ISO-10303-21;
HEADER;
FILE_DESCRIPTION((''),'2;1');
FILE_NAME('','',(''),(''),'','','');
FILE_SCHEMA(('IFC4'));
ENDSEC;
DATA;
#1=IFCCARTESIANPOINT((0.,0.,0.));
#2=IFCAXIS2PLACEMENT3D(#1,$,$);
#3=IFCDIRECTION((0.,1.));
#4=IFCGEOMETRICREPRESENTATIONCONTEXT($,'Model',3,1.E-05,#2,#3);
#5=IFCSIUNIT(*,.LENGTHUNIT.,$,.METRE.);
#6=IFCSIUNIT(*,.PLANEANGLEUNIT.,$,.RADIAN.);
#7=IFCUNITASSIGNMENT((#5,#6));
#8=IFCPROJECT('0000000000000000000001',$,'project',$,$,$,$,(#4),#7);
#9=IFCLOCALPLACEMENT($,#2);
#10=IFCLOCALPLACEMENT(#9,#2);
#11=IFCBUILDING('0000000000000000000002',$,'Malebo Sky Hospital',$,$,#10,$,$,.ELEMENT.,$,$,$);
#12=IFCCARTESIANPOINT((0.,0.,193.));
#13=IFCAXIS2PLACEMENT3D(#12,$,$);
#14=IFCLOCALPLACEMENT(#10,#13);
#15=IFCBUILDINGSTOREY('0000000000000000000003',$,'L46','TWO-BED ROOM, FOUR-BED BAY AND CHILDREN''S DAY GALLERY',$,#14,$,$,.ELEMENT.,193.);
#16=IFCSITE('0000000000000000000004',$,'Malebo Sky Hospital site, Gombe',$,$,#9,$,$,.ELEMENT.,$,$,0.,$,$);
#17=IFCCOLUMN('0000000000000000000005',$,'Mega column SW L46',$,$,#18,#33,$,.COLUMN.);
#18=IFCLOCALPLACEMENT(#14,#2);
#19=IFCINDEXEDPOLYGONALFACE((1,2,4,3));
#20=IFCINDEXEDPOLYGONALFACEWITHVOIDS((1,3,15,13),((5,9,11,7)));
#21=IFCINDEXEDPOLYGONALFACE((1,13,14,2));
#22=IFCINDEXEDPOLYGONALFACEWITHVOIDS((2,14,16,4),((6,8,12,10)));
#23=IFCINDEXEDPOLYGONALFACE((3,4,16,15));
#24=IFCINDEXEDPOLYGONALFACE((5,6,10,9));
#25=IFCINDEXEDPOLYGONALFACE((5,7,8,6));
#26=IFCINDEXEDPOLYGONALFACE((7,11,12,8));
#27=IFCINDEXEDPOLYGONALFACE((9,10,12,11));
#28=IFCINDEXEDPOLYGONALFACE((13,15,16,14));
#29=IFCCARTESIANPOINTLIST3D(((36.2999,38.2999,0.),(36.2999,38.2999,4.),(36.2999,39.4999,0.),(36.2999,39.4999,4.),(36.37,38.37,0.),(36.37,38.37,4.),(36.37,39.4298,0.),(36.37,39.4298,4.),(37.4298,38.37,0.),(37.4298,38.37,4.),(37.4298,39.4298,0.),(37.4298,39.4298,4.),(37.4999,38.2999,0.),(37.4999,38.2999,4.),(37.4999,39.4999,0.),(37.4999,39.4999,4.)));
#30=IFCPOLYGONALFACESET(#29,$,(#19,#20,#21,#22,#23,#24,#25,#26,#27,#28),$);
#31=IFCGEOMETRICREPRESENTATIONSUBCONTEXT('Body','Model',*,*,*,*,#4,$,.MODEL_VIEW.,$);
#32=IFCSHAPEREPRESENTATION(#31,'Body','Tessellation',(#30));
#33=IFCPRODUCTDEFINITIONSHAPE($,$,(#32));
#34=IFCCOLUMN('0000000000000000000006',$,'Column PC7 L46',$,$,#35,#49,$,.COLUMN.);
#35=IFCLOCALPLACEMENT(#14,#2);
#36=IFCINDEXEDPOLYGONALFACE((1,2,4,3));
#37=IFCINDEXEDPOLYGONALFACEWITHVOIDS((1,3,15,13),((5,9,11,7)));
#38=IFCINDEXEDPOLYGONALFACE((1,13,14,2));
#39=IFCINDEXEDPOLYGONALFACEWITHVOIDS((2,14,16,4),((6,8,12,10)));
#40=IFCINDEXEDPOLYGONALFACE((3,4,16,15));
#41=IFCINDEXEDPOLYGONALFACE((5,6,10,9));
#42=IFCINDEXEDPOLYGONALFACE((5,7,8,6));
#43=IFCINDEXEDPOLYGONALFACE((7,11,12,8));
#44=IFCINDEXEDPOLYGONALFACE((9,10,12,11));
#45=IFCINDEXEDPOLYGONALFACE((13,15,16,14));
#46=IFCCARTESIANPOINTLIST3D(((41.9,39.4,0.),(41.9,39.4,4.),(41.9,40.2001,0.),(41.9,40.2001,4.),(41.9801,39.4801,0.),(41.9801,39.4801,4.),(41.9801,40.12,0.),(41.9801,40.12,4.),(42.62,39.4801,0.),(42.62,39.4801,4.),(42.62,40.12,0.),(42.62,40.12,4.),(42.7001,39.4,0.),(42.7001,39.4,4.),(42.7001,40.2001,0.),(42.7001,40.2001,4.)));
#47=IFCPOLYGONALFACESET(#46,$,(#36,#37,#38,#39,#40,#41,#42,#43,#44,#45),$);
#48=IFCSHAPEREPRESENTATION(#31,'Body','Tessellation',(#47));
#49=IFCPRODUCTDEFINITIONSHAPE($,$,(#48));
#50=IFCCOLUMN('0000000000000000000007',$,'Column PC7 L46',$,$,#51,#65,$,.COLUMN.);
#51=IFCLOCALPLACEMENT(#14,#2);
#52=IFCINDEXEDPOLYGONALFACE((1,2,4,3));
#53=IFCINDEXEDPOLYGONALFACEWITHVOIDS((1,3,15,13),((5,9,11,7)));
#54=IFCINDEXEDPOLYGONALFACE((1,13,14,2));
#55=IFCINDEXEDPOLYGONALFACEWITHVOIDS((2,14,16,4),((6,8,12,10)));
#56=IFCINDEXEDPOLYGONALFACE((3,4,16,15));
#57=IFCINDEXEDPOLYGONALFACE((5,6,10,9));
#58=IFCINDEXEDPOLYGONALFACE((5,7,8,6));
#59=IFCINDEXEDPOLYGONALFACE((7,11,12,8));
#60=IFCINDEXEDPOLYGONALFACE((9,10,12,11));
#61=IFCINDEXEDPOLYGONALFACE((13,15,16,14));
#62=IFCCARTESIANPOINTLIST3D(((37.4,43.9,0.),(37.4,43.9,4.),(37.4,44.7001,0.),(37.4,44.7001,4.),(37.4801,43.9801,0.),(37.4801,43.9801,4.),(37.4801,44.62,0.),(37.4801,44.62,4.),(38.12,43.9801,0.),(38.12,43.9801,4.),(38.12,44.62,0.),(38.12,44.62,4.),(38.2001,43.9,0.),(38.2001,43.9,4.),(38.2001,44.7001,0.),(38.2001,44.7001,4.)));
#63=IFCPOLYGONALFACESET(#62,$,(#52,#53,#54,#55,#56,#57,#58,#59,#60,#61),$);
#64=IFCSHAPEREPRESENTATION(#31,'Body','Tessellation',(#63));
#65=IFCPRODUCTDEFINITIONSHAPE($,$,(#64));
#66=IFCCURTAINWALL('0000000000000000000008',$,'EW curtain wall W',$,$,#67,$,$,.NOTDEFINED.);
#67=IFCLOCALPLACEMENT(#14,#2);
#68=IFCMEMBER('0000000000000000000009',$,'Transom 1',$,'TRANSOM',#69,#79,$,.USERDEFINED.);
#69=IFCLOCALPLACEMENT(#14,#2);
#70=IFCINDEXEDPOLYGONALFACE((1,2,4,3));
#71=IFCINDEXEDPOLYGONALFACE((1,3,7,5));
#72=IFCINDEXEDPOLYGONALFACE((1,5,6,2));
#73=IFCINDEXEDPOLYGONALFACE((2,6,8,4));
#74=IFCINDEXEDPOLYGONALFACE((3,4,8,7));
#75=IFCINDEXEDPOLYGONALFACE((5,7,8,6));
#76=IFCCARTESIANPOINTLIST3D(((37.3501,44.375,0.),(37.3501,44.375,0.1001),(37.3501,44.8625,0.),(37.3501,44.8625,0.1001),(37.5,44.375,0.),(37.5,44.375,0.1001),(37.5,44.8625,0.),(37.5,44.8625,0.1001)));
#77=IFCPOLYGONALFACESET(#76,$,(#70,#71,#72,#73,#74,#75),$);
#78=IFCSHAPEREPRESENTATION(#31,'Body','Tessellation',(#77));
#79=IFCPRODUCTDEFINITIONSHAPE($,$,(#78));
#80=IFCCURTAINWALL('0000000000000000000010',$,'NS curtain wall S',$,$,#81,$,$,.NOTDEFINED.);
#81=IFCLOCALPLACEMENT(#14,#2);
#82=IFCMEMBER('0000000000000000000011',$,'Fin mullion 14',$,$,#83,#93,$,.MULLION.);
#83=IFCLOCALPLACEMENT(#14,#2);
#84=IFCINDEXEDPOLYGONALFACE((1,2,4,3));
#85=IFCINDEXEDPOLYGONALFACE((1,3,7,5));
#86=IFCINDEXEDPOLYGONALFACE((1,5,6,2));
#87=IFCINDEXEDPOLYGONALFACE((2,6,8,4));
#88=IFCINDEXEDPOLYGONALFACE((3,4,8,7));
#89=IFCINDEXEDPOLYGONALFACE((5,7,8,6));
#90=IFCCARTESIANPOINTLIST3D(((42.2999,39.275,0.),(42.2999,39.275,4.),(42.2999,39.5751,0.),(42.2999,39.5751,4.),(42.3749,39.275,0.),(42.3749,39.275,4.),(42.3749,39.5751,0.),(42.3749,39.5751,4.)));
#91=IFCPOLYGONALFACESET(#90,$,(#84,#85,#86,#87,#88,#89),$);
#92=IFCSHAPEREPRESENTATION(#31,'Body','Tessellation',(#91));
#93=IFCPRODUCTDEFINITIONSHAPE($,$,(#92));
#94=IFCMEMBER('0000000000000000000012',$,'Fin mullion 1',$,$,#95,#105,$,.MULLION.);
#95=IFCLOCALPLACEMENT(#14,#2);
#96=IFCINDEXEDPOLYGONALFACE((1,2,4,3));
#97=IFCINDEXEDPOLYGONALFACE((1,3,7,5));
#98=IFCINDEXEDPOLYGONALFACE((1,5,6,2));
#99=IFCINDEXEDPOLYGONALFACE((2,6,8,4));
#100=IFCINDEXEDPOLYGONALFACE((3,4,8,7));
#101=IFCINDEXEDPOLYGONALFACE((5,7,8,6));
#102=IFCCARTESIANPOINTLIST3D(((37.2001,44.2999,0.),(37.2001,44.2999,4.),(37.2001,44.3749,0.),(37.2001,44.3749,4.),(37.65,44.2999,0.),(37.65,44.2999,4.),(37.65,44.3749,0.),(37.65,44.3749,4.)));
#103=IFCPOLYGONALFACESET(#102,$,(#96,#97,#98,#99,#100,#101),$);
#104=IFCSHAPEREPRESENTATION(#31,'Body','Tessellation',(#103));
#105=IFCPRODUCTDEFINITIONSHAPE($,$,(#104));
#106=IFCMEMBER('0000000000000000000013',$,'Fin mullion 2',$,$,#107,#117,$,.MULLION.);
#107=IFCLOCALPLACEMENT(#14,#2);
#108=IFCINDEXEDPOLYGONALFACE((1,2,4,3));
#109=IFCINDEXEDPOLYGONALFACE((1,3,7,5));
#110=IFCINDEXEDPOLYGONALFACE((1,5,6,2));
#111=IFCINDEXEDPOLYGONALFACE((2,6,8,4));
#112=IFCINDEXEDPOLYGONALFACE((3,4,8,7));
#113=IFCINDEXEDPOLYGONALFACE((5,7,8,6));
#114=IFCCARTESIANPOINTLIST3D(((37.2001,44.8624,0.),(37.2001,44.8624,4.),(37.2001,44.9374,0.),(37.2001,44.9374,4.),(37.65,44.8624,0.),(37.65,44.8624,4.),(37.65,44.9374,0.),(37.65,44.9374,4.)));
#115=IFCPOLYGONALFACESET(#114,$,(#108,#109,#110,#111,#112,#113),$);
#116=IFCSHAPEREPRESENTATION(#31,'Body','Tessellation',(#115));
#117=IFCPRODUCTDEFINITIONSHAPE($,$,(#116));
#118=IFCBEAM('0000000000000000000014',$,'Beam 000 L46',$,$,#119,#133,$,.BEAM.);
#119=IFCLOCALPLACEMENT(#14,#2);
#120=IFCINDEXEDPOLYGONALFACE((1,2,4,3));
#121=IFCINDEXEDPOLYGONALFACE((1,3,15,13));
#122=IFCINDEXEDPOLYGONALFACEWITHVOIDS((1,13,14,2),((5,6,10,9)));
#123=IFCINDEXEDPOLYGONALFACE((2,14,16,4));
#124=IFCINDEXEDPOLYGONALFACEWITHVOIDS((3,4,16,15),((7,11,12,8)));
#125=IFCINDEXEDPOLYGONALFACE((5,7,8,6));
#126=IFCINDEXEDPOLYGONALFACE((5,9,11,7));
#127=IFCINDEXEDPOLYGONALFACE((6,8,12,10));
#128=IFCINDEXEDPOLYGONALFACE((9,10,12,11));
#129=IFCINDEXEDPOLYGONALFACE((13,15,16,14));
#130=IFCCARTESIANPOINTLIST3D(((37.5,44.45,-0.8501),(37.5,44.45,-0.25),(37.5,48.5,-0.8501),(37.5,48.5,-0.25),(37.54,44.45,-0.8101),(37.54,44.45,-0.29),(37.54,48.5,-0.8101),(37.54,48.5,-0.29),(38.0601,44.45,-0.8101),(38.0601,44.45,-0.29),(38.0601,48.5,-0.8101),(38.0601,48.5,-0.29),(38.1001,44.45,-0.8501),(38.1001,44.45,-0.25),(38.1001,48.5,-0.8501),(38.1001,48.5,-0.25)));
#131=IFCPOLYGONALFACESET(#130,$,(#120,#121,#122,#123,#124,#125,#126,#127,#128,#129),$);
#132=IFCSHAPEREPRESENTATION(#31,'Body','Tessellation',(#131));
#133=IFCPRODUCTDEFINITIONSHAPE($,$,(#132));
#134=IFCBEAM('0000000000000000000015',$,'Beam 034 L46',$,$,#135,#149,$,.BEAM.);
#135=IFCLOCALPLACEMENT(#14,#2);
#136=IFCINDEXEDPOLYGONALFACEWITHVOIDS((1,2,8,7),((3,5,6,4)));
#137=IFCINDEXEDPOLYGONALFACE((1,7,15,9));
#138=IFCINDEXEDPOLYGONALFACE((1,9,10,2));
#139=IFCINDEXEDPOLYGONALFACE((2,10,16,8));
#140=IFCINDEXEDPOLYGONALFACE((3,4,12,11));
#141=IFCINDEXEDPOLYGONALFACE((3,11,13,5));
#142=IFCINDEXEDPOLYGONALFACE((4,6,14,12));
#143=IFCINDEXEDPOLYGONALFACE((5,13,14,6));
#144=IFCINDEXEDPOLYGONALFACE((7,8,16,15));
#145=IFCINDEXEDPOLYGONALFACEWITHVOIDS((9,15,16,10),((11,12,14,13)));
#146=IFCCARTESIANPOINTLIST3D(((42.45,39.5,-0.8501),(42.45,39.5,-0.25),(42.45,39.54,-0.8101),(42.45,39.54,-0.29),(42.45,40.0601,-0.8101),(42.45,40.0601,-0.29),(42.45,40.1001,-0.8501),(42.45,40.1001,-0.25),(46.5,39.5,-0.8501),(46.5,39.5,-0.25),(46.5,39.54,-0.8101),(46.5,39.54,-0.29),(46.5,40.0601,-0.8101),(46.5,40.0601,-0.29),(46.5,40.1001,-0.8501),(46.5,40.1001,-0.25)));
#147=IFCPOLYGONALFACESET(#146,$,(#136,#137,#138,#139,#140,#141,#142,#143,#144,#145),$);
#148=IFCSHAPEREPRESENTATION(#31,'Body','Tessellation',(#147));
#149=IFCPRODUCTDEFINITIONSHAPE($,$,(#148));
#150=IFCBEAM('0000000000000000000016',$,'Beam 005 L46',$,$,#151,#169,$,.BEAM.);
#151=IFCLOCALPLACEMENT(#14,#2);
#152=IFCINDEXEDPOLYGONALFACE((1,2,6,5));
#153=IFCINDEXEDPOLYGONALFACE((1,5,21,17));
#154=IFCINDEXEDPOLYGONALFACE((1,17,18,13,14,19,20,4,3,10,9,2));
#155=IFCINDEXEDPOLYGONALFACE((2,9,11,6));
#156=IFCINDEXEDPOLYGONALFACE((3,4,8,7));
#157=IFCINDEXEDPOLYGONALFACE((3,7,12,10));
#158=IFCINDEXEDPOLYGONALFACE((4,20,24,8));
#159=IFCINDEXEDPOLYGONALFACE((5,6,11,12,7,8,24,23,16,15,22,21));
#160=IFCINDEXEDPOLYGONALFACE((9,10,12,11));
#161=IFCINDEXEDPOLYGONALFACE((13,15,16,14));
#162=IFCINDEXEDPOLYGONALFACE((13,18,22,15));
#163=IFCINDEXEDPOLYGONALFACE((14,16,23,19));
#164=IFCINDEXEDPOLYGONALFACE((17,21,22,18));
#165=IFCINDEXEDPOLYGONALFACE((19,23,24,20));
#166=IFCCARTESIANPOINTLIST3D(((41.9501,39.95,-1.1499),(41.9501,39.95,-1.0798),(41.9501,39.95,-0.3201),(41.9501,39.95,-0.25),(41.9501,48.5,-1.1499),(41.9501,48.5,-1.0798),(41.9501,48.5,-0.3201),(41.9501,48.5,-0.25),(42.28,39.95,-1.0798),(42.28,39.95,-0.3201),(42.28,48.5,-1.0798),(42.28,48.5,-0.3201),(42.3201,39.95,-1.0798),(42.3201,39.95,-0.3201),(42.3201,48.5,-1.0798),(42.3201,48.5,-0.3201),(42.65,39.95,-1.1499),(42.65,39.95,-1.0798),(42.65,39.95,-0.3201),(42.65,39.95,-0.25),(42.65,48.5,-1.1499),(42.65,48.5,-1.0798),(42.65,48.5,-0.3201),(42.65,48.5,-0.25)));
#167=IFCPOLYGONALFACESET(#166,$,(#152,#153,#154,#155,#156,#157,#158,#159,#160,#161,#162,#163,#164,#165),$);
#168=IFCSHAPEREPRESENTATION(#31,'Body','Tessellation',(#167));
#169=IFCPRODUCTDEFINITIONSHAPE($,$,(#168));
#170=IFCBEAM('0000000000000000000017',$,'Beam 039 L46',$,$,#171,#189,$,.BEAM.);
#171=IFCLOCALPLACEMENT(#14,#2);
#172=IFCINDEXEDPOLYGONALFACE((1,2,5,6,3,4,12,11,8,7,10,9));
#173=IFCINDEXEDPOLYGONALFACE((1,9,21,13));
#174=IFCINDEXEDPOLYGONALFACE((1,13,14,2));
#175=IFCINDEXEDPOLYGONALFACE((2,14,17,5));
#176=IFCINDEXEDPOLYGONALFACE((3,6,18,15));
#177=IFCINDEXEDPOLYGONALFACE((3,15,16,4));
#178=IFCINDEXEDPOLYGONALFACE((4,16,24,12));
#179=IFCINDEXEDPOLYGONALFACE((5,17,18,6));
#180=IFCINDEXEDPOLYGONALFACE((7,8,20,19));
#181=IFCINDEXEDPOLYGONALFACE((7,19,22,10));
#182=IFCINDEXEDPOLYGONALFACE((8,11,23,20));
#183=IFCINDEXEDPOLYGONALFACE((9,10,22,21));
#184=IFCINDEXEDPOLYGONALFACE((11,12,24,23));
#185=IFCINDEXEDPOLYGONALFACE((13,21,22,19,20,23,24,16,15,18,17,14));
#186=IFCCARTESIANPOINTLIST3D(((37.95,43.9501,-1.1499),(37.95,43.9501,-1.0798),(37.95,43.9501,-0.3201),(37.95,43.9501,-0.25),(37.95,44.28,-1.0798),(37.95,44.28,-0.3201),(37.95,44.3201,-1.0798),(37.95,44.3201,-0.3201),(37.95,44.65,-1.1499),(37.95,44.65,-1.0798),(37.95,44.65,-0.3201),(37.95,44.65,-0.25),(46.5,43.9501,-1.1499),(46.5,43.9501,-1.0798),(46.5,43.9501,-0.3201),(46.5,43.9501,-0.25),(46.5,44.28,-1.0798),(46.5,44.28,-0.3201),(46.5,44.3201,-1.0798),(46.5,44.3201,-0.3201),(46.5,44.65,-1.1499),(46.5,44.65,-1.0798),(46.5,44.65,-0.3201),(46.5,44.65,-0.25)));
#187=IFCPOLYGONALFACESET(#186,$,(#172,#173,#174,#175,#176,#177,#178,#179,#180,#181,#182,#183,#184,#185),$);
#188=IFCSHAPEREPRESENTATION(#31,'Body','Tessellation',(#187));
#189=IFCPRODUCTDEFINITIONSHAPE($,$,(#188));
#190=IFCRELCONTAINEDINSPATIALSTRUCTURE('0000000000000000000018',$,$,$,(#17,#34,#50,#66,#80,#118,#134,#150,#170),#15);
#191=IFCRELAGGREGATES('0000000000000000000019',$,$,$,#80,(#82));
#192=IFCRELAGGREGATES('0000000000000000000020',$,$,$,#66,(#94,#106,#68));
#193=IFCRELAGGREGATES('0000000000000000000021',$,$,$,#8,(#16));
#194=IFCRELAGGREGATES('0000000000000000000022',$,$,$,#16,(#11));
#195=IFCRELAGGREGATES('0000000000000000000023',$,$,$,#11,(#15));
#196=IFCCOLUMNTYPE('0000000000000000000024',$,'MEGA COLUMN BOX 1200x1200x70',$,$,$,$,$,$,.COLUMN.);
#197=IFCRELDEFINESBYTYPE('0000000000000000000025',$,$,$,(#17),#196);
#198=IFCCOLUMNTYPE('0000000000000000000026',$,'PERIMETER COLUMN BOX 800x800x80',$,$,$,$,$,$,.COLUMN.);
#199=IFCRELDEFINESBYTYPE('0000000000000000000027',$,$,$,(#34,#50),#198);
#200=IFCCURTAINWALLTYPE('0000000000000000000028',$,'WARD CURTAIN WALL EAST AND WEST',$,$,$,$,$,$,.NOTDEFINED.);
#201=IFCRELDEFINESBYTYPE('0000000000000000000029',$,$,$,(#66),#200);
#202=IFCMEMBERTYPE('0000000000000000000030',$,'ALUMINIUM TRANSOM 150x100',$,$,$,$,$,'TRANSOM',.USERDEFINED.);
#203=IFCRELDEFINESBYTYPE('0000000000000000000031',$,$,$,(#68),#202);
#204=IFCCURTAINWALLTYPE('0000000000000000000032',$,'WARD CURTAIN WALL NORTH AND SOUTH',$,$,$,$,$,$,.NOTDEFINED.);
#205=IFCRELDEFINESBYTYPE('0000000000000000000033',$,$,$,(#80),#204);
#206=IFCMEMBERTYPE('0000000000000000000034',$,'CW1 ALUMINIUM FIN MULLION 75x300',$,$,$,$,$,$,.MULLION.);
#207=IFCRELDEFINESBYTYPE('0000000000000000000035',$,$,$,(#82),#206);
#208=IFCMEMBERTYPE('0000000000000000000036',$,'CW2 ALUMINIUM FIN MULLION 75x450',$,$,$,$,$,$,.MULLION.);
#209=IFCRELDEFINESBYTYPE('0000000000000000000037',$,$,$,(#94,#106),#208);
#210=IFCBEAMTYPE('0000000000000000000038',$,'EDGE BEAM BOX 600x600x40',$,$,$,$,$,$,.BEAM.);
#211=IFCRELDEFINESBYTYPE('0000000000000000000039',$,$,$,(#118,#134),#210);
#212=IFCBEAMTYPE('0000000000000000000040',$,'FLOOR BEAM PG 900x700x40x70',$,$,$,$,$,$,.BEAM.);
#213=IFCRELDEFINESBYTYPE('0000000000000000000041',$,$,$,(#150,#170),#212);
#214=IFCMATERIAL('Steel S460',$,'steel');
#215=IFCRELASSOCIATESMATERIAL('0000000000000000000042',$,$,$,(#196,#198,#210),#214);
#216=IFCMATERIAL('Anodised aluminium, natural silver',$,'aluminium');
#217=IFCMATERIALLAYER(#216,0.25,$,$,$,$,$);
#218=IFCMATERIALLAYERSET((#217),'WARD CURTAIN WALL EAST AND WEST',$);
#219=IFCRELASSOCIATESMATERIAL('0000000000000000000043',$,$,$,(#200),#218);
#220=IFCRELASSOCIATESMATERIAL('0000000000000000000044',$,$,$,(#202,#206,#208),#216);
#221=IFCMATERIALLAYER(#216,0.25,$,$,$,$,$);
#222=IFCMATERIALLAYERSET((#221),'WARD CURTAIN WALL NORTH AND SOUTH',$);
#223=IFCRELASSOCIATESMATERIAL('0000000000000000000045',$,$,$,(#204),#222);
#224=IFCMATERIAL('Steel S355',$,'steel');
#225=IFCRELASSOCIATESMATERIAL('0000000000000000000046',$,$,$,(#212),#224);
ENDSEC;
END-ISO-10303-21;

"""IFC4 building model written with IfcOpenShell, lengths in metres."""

from ifc_helpers import new_model, si_unit, direction, frame, origin, origin_2d, place, context, subcontext, project, spatial, rectangle, hollow_rectangle, i_section, extrude, material, layer, layer_set, material_profile, profile_set, type_object, element, aggregate, save


model = new_model("IFC4")

# Units and contexts
model_context = context("Model", 3, precision=1e-05, world=origin(), true_north=direction((0.0, 1.0)))
body_context = subcontext(model_context, "Body", "Model", "MODEL_VIEW")
ifc_project = project(units=[si_unit("LENGTHUNIT", "METRE"), si_unit("PLANEANGLEUNIT", "RADIAN")], contexts=[model_context])

# Site, building, storey
site_placement = place(None, origin())
site = spatial("IfcSite", under=ifc_project, at=site_placement, Name="Malebo Sky Hospital site, Gombe", CompositionType="ELEMENT", RefElevation=0.0)
building_placement = place(site_placement, origin())
building = spatial("IfcBuilding", under=site, at=building_placement, Name="Malebo Sky Hospital", CompositionType="ELEMENT")
storey_placement = place(building_placement, frame((0.0, 0.0, 193.0)))
storey = spatial("IfcBuildingStorey", under=building, at=storey_placement, Name="L46", Description="TWO-BED ROOM, FOUR-BED BAY AND CHILDREN'S DAY GALLERY", CompositionType="ELEMENT", Elevation=193.0)

# Columns
ifc_material_1 = material(Name="Steel S460", Category="steel")
ifc_material_profile_1 = material_profile(ifc_material_1, hollow_rectangle(XDim=1.2, YDim=1.2, WallThickness=0.0701, at=origin_2d()), Name="BOX 1200x1200x70")
ifc_profile_set_1 = profile_set([ifc_material_profile_1], Name="Steel S460")
column_type_1 = type_object("IfcColumnType", Name="MEGA COLUMN BOX 1200x1200x70", PredefinedType="COLUMN", material=ifc_profile_set_1)
column_placement = place(storey_placement, frame((36.8999, 38.8999, 0.0), z_axis=(0.0, 0.0, 1.0), x_axis=(1.0, 0.0, 0.0)))
element("IfcColumn", 1, at=column_placement, inside=storey, type_object=column_type_1, Name="Mega column SW L46", PredefinedType="COLUMN", context=body_context, shape_type="SweptSolid", body=[
    extrude(hollow_rectangle(XDim=1.2, YDim=1.2, WallThickness=0.0701, at=origin_2d()), origin(), (0.0, 0.0, 1.0), 4.0),
])
ifc_material_profile_2 = material_profile(ifc_material_1, hollow_rectangle(XDim=0.8, YDim=0.8, WallThickness=0.0801, at=origin_2d()), Name="BOX 800x800x80")
ifc_profile_set_2 = profile_set([ifc_material_profile_2], Name="Steel S460")
column_type_2 = type_object("IfcColumnType", Name="PERIMETER COLUMN BOX 800x800x80", PredefinedType="COLUMN", material=ifc_profile_set_2)
for number, where, z_axis, x_axis, name in (
    (2, (42.3, 39.8, 0.0), (0.0, 0.0, 1.0), (1.0, 0.0, 0.0), "Column PC7 L46"),
    (3, (37.8, 44.3, 0.0), (0.0, 0.0, 1.0), (1.0, 0.0, 0.0), "Column PC7 L46"),
):
    element("IfcColumn", number, at=place(storey_placement, frame(where, z_axis=z_axis, x_axis=x_axis)), inside=storey, type_object=column_type_2, Name=name, PredefinedType="COLUMN", context=body_context, shape_type="SweptSolid", body=[
        extrude(hollow_rectangle(XDim=0.8, YDim=0.8, WallThickness=0.0801, at=origin_2d()), origin(), (0.0, 0.0, 1.0), 4.0),
    ])

# Curtain walls, members
ifc_material_2 = material(Name="Anodised aluminium, natural silver", Category="aluminium")
ifc_layer_1 = layer(ifc_material_2, 0.25)
ifc_layer_set_1 = layer_set([ifc_layer_1], Name="WARD CURTAIN WALL EAST AND WEST")
curtain_wall_type_1 = type_object("IfcCurtainWallType", Name="WARD CURTAIN WALL EAST AND WEST", PredefinedType="NOTDEFINED", material=ifc_layer_set_1)
curtain_wall_1_placement = place(storey_placement, origin())
curtain_wall_1 = element("IfcCurtainWall", 4, at=curtain_wall_1_placement, inside=storey, type_object=curtain_wall_type_1, Name="EW curtain wall W", PredefinedType="NOTDEFINED")
ifc_material_profile_3 = material_profile(ifc_material_2, rectangle(XDim=0.1499, YDim=0.1001, at=origin_2d()), Name="ALUMINIUM TRANSOM 150x100")
ifc_profile_set_3 = profile_set([ifc_material_profile_3], Name="Anodised aluminium, natural silver")
member_type_1 = type_object("IfcMemberType", Name="ALUMINIUM TRANSOM 150x100", ElementType="TRANSOM", PredefinedType="USERDEFINED", material=ifc_profile_set_3)
member_1_placement = place(storey_placement, frame((37.425, 44.375, 0.05), z_axis=(0.0, 1.0, 0.0), x_axis=(-1.0, 0.0, 0.0)))
member_1 = element("IfcMember", 5, at=member_1_placement, type_object=member_type_1, Name="Transom 1", ObjectType="TRANSOM", PredefinedType="USERDEFINED", context=body_context, shape_type="SweptSolid", body=[
    extrude(rectangle(XDim=0.1499, YDim=0.1001, at=origin_2d()), origin(), (0.0, 0.0, 1.0), 0.4875),
])
ifc_layer_2 = layer(ifc_material_2, 0.25)
ifc_layer_set_2 = layer_set([ifc_layer_2], Name="WARD CURTAIN WALL NORTH AND SOUTH")
curtain_wall_type_2 = type_object("IfcCurtainWallType", Name="WARD CURTAIN WALL NORTH AND SOUTH", PredefinedType="NOTDEFINED", material=ifc_layer_set_2)
curtain_wall_2_placement = place(storey_placement, origin())
curtain_wall_2 = element("IfcCurtainWall", 6, at=curtain_wall_2_placement, inside=storey, type_object=curtain_wall_type_2, Name="NS curtain wall S", PredefinedType="NOTDEFINED")
ifc_material_profile_4 = material_profile(ifc_material_2, rectangle(XDim=0.075, YDim=0.3, at=origin_2d()), Name="CW1 ALUMINIUM FIN MULLION 75x300")
ifc_profile_set_4 = profile_set([ifc_material_profile_4], Name="Anodised aluminium, natural silver")
member_type_2 = type_object("IfcMemberType", Name="CW1 ALUMINIUM FIN MULLION 75x300", PredefinedType="MULLION", material=ifc_profile_set_4)
member_2_placement = place(storey_placement, frame((42.3374, 39.425, 0.0), z_axis=(0.0, 0.0, 1.0), x_axis=(-1.0, 0.0, 0.0)))
member_2 = element("IfcMember", 7, at=member_2_placement, type_object=member_type_2, Name="Fin mullion 14", PredefinedType="MULLION", context=body_context, shape_type="SweptSolid", body=[
    extrude(rectangle(XDim=0.075, YDim=0.3, at=origin_2d()), origin(), (0.0, 0.0, 1.0), 4.0),
])
aggregate(curtain_wall_2, [member_2])

# Members
ifc_material_profile_5 = material_profile(ifc_material_2, rectangle(XDim=0.075, YDim=0.45, at=origin_2d()), Name="CW2 ALUMINIUM FIN MULLION 75x450")
ifc_profile_set_5 = profile_set([ifc_material_profile_5], Name="Anodised aluminium, natural silver")
member_type_3 = type_object("IfcMemberType", Name="CW2 ALUMINIUM FIN MULLION 75x450", PredefinedType="MULLION", material=ifc_profile_set_5)
member_3_placement = place(storey_placement, frame((37.425, 44.3374, 0.0), z_axis=(0.0, 0.0, 1.0), x_axis=(0.0, 1.0, 0.0)))
member_3 = element("IfcMember", 8, at=member_3_placement, type_object=member_type_3, Name="Fin mullion 1", PredefinedType="MULLION", context=body_context, shape_type="SweptSolid", body=[
    extrude(rectangle(XDim=0.075, YDim=0.45, at=origin_2d()), origin(), (0.0, 0.0, 1.0), 4.0),
])
member_4_placement = place(storey_placement, frame((37.425, 44.8999, 0.0), z_axis=(0.0, 0.0, 1.0), x_axis=(0.0, 1.0, 0.0)))
member_4 = element("IfcMember", 9, at=member_4_placement, type_object=member_type_3, Name="Fin mullion 2", PredefinedType="MULLION", context=body_context, shape_type="SweptSolid", body=[
    extrude(rectangle(XDim=0.075, YDim=0.45, at=origin_2d()), origin(), (0.0, 0.0, 1.0), 4.0),
])

# Beams
ifc_material_profile_6 = material_profile(ifc_material_1, hollow_rectangle(XDim=0.6001, YDim=0.6001, WallThickness=0.04, at=origin_2d()), Name="BOX 600x600x40")
ifc_profile_set_6 = profile_set([ifc_material_profile_6], Name="Steel S460")
beam_type_1 = type_object("IfcBeamType", Name="EDGE BEAM BOX 600x600x40", PredefinedType="BEAM", material=ifc_profile_set_6)
for number, where, z_axis, x_axis, name in (
    (10, (37.8, 44.45, -0.55), (0.0, 1.0, 0.0), (-1.0, 0.0, 0.0), "Beam 000 L46"),
    (11, (42.45, 39.8, -0.55), (1.0, 0.0, 0.0), (0.0, 1.0, 0.0), "Beam 034 L46"),
):
    element("IfcBeam", number, at=place(storey_placement, frame(where, z_axis=z_axis, x_axis=x_axis)), inside=storey, type_object=beam_type_1, Name=name, PredefinedType="BEAM", context=body_context, shape_type="SweptSolid", body=[
        extrude(hollow_rectangle(XDim=0.6001, YDim=0.6001, WallThickness=0.04, at=origin_2d()), origin(), (0.0, 0.0, 1.0), 4.05),
    ])
ifc_material_3 = material(Name="Steel S355", Category="steel")
ifc_material_profile_7 = material_profile(ifc_material_3, i_section(OverallWidth=0.7, OverallDepth=0.8999, WebThickness=0.04, FlangeThickness=0.0701, at=origin_2d()), Name="PG 900x700x40x70")
ifc_profile_set_7 = profile_set([ifc_material_profile_7], Name="Steel S355")
beam_type_2 = type_object("IfcBeamType", Name="FLOOR BEAM PG 900x700x40x70", PredefinedType="BEAM", material=ifc_profile_set_7)
for number, where, z_axis, x_axis, name in (
    (12, (42.3, 39.95, -0.7), (0.0, 1.0, 0.0), (-1.0, 0.0, 0.0), "Beam 005 L46"),
    (13, (37.95, 44.3, -0.7), (1.0, 0.0, 0.0), (0.0, 1.0, 0.0), "Beam 039 L46"),
):
    element("IfcBeam", number, at=place(storey_placement, frame(where, z_axis=z_axis, x_axis=x_axis)), inside=storey, type_object=beam_type_2, Name=name, PredefinedType="BEAM", context=body_context, shape_type="SweptSolid", body=[
        extrude(i_section(OverallWidth=0.7, OverallDepth=0.8999, WebThickness=0.04, FlangeThickness=0.0701, at=origin_2d()), origin(), (0.0, 0.0, 1.0), 8.55),
    ])

aggregate(curtain_wall_1, [member_3, member_4, member_1])

save(model, "model.ifc")
